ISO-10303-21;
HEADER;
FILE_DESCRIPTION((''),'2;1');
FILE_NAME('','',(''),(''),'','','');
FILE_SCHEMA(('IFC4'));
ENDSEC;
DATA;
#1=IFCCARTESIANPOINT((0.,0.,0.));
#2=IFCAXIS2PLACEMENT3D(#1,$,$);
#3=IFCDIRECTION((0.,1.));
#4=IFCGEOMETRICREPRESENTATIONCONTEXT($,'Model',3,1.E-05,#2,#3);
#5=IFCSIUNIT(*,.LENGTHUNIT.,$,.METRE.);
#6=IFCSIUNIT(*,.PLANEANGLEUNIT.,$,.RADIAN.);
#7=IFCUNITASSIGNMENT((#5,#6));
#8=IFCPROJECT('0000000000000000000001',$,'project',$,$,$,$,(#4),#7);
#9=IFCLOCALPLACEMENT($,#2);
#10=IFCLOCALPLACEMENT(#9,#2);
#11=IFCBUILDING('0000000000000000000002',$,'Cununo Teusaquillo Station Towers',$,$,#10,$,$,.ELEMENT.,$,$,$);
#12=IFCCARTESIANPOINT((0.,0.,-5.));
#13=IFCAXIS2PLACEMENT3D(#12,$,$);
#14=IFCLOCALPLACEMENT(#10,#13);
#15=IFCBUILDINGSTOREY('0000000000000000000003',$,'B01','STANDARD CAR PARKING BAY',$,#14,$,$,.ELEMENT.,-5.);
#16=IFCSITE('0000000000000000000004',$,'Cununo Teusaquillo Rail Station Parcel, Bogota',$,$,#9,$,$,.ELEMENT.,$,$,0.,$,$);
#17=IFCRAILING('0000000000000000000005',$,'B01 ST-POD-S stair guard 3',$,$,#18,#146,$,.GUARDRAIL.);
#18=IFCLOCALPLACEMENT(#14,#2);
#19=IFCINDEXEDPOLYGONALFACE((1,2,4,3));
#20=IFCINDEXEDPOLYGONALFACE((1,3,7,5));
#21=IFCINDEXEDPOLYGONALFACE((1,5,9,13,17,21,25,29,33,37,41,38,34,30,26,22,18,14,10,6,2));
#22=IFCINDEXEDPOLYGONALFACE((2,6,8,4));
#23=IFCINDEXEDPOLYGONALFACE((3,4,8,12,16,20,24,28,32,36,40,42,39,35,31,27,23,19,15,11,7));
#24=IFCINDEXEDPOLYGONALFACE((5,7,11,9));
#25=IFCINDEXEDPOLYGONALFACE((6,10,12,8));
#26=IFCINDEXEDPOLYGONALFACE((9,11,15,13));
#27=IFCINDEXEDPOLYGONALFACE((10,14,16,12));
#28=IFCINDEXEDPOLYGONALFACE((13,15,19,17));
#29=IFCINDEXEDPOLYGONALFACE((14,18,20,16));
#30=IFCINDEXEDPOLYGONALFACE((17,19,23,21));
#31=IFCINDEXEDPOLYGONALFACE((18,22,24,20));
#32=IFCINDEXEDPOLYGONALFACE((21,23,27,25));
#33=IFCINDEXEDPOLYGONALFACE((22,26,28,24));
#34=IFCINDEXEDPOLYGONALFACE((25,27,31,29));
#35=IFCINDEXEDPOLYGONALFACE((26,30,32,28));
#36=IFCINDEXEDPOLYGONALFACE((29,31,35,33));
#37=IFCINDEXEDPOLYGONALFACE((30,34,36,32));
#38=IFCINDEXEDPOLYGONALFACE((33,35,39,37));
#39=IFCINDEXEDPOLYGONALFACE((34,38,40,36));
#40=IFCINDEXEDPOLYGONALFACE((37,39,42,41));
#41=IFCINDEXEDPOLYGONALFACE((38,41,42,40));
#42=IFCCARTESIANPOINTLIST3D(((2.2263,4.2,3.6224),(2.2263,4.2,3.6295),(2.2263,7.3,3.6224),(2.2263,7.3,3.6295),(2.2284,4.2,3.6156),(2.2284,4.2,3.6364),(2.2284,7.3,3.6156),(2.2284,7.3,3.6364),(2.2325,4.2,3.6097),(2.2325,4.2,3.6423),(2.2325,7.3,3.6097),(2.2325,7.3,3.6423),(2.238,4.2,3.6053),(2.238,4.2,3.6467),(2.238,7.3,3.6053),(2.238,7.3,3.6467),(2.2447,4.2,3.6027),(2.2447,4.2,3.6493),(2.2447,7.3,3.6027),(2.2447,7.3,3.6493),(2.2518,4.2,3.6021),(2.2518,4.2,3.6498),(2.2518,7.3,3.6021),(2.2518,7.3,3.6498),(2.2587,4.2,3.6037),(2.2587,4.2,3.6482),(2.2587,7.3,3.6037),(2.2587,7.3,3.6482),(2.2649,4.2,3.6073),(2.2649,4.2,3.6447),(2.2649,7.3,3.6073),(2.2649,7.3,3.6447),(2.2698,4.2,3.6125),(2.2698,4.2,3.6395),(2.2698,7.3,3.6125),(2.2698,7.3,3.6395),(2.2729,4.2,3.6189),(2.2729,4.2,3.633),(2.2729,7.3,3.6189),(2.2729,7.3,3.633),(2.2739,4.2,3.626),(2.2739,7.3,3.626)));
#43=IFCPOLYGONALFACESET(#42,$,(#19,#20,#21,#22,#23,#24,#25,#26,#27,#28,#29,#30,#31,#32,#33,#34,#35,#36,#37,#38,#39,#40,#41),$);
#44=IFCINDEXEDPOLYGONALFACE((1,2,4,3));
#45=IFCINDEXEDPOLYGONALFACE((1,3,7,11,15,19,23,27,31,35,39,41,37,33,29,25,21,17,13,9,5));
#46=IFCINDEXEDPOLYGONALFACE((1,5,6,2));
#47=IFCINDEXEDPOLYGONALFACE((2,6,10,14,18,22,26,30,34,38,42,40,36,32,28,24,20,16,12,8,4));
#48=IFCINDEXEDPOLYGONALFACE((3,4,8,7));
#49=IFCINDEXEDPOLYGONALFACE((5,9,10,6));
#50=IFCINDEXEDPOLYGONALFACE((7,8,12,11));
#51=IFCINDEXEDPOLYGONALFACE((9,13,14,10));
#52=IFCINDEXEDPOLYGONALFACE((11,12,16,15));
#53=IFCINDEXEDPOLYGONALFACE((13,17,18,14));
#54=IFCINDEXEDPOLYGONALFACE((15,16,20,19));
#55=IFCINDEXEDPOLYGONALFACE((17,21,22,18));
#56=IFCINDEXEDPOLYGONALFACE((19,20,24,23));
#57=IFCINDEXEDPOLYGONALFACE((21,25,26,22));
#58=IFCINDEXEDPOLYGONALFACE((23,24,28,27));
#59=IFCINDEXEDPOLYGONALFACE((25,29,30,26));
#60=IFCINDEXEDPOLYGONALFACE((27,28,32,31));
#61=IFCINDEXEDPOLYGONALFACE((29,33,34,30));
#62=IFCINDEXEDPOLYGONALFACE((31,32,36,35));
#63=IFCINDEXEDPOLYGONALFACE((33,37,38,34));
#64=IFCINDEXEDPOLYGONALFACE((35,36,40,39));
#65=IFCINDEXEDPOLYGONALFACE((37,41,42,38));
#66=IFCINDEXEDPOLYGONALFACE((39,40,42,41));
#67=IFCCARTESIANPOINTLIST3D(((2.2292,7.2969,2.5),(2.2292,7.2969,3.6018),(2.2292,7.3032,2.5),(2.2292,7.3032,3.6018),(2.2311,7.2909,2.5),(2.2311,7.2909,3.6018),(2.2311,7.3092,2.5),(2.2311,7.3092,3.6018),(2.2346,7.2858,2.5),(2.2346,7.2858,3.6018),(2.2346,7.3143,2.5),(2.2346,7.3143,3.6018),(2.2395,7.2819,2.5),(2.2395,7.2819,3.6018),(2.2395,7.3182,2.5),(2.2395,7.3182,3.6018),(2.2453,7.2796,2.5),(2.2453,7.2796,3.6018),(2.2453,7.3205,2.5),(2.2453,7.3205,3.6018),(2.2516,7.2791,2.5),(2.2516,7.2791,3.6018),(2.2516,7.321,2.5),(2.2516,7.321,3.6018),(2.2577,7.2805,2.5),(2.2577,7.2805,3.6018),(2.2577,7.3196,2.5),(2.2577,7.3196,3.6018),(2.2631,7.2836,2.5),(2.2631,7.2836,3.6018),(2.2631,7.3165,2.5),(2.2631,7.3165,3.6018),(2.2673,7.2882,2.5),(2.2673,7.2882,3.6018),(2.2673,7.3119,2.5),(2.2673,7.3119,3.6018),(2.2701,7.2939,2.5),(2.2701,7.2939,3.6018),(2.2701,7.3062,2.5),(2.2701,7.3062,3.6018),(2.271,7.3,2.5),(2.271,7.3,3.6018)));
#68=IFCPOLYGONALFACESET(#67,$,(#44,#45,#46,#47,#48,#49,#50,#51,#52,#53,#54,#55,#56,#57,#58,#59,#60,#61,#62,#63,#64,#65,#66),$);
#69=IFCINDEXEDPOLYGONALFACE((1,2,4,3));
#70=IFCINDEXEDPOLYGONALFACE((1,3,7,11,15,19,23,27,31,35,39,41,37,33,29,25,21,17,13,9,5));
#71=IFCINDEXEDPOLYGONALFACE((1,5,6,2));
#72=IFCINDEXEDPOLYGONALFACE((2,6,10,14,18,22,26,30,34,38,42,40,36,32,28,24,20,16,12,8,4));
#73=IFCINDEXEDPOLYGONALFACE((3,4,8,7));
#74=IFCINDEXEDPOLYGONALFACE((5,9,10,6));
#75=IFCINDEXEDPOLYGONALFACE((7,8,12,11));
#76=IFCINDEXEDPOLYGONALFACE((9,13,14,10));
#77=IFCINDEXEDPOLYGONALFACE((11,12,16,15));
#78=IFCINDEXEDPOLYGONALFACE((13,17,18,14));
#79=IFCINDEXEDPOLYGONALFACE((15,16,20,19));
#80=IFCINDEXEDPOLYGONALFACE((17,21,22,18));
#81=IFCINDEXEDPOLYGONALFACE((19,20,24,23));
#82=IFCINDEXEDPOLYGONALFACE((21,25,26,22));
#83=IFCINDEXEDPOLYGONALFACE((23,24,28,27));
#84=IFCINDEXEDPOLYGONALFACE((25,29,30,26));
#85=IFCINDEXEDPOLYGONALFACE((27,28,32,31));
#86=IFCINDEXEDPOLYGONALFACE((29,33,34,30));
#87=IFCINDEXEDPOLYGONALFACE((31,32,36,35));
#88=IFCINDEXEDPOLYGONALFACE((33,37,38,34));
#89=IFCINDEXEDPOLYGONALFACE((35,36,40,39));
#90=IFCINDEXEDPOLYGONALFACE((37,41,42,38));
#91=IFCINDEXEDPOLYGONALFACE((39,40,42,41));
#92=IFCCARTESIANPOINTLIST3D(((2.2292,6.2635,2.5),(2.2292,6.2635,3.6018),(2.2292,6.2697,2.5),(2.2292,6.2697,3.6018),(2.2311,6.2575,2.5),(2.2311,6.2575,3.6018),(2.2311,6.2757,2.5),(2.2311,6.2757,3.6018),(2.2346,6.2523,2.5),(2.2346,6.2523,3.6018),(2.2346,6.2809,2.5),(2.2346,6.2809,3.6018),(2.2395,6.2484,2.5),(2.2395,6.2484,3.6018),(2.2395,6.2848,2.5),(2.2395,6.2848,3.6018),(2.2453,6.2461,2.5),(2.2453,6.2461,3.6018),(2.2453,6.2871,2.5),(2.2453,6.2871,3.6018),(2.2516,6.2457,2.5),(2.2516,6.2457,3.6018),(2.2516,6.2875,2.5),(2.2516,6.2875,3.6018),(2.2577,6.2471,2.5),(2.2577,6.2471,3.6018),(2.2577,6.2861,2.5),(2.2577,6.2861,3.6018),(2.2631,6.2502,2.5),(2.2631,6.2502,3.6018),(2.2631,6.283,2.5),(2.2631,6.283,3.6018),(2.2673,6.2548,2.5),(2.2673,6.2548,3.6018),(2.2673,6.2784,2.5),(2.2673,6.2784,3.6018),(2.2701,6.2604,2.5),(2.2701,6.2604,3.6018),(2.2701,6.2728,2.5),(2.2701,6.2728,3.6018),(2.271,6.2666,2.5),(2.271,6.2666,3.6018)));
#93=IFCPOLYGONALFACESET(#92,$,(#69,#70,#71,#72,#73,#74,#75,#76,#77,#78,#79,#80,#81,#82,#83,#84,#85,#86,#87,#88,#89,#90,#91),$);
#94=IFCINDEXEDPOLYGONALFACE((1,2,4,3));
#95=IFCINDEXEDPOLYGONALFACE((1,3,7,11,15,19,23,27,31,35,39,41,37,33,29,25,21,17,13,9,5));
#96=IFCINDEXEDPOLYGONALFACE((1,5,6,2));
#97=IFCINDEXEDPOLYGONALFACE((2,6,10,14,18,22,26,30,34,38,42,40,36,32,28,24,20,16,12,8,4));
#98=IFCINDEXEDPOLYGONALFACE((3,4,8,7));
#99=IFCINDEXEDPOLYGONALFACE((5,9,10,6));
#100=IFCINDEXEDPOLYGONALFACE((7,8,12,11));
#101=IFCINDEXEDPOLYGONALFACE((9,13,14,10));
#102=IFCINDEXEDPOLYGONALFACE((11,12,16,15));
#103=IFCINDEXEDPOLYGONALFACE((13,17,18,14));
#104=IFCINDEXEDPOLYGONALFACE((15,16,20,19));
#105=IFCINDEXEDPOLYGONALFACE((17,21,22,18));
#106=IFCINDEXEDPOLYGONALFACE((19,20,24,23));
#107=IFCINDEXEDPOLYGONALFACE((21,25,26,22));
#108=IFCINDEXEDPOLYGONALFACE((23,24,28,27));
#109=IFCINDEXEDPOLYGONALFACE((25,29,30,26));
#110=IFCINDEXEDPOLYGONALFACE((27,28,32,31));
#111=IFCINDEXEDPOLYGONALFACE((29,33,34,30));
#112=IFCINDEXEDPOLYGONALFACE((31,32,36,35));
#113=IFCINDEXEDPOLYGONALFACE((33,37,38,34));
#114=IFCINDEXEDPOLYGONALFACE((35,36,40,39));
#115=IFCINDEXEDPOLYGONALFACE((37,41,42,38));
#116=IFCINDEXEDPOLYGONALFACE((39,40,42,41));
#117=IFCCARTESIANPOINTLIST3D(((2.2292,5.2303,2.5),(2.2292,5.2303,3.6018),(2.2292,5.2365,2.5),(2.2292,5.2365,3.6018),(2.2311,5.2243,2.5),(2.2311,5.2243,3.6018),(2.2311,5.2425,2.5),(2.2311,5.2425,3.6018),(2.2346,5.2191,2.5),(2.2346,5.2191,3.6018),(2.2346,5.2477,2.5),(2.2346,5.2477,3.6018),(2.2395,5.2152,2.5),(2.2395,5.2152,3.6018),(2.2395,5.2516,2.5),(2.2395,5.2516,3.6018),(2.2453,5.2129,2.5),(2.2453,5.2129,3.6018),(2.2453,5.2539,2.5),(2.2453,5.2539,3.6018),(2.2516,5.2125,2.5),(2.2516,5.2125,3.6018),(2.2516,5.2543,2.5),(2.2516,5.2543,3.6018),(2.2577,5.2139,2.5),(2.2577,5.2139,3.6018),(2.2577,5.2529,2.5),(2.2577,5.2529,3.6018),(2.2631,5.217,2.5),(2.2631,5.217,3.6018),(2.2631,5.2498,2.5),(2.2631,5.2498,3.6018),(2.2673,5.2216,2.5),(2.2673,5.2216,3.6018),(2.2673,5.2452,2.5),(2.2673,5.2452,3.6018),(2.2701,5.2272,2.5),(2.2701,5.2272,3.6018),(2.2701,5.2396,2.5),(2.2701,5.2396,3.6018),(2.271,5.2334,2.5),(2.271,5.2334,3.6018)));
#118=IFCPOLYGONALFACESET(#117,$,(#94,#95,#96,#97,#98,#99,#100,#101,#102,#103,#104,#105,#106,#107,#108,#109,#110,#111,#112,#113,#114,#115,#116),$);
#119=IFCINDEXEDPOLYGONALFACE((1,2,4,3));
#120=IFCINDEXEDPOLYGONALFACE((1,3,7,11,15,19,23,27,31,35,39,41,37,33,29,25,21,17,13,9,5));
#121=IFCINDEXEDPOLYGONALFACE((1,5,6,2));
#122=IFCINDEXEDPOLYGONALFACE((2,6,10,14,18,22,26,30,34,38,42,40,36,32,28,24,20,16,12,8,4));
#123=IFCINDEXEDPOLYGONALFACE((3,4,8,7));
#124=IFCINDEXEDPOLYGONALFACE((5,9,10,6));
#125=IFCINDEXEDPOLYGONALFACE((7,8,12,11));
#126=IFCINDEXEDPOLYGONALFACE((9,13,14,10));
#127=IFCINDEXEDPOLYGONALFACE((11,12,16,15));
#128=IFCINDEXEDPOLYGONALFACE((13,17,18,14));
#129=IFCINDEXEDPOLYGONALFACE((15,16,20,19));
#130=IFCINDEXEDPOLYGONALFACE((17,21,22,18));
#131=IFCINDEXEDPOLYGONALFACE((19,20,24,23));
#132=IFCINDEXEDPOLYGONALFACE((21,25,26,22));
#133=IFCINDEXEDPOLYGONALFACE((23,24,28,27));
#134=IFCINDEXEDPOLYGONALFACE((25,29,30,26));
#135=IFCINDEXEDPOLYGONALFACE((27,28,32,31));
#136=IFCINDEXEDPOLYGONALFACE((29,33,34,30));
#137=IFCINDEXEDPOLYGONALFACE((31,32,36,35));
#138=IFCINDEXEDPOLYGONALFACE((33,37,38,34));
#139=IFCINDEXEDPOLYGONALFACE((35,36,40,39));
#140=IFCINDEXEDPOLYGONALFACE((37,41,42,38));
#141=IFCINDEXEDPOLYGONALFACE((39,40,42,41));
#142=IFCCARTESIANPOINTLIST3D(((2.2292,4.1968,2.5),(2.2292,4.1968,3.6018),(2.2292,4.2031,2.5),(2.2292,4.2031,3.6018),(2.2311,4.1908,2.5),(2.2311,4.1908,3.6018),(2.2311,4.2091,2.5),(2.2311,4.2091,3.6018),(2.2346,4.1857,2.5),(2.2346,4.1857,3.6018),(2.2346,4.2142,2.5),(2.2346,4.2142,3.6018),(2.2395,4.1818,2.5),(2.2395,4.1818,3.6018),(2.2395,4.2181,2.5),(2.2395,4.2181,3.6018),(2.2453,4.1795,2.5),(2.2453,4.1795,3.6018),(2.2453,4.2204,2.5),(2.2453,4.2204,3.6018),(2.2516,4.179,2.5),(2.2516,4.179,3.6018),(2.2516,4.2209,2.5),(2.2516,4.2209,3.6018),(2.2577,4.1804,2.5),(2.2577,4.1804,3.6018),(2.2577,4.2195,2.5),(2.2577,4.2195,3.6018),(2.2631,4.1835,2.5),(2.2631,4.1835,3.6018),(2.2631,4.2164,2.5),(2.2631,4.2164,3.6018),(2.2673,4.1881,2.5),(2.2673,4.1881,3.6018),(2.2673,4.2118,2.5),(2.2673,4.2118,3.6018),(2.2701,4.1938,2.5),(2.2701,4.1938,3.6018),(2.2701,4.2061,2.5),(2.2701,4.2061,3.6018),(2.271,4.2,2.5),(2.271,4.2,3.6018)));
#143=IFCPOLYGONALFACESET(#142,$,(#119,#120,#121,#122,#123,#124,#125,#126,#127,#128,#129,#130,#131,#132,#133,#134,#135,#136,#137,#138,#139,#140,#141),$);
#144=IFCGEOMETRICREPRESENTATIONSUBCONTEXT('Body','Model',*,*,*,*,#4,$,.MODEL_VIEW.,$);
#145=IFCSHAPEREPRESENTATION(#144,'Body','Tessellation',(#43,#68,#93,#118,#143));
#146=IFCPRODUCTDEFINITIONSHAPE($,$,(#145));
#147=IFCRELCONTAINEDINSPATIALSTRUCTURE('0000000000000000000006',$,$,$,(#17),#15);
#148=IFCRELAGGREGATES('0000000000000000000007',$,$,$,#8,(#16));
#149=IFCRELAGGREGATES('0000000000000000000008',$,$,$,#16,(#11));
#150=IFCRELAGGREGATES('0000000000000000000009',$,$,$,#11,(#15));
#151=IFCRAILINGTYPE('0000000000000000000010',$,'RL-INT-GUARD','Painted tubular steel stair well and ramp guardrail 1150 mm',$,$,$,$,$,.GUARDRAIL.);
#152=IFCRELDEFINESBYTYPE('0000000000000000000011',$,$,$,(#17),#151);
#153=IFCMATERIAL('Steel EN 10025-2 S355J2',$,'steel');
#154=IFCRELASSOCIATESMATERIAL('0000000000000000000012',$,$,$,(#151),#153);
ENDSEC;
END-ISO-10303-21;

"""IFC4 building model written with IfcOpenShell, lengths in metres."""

from ifc_helpers import new_model, si_unit, direction, frame, origin, origin_2d, place, context, subcontext, project, spatial, circle, extrude, material, type_object, element, save


model = new_model("IFC4")

# Units and contexts
model_context = context("Model", 3, precision=1e-05, world=origin(), true_north=direction((0.0, 1.0)))
body_context = subcontext(model_context, "Body", "Model", "MODEL_VIEW")
ifc_project = project(units=[si_unit("LENGTHUNIT", "METRE"), si_unit("PLANEANGLEUNIT", "RADIAN")], contexts=[model_context])

# Site, building, storey
site_placement = place(None, origin())
site = spatial("IfcSite", under=ifc_project, at=site_placement, Name="Cununo Teusaquillo Rail Station Parcel, Bogota", CompositionType="ELEMENT", RefElevation=0.0)
building_placement = place(site_placement, origin())
building = spatial("IfcBuilding", under=site, at=building_placement, Name="Cununo Teusaquillo Station Towers", CompositionType="ELEMENT")
storey_placement = place(building_placement, frame((0.0, 0.0, -5.0)))
storey = spatial("IfcBuildingStorey", under=building, at=storey_placement, Name="B01", Description="STANDARD CAR PARKING BAY", CompositionType="ELEMENT", Elevation=-5.0)

# Railing
ifc_material_1 = material(Name="Steel EN 10025-2 S355J2", Category="steel")
railing_type_1 = type_object("IfcRailingType", Name="RL-INT-GUARD", Description="Painted tubular steel stair well and ramp guardrail 1150 mm", PredefinedType="GUARDRAIL", material=ifc_material_1)
railing_1_placement = place(storey_placement, frame((2.25, 7.3, 2.5)))
element("IfcRailing", 1, at=railing_1_placement, inside=storey, type_object=railing_type_1, Name="B01 ST-POD-S stair guard 3", PredefinedType="GUARDRAIL", context=body_context, shape_type="SweptSolid", body=[
    extrude(circle(Radius=0.0239, at=origin_2d()), frame((0.0, 0.0, 1.126), z_axis=(0.0, -1.0, 0.0), x_axis=(1.0, 0.0, 0.0)), (0.0, 0.0, 1.0), 3.1001),
    extrude(circle(Radius=0.021, at=origin_2d()), origin(), (0.0, 0.0, 1.0), 1.1018),
    extrude(circle(Radius=0.021, at=origin_2d()), frame((0.0, -1.0334, 0.0)), (0.0, 0.0, 1.0), 1.1018),
    extrude(circle(Radius=0.021, at=origin_2d()), frame((0.0, -2.0667, 0.0)), (0.0, 0.0, 1.0), 1.1018),
    extrude(circle(Radius=0.021, at=origin_2d()), frame((0.0, -3.1001, 0.0)), (0.0, 0.0, 1.0), 1.1018),
])

save(model, "model.ifc")
